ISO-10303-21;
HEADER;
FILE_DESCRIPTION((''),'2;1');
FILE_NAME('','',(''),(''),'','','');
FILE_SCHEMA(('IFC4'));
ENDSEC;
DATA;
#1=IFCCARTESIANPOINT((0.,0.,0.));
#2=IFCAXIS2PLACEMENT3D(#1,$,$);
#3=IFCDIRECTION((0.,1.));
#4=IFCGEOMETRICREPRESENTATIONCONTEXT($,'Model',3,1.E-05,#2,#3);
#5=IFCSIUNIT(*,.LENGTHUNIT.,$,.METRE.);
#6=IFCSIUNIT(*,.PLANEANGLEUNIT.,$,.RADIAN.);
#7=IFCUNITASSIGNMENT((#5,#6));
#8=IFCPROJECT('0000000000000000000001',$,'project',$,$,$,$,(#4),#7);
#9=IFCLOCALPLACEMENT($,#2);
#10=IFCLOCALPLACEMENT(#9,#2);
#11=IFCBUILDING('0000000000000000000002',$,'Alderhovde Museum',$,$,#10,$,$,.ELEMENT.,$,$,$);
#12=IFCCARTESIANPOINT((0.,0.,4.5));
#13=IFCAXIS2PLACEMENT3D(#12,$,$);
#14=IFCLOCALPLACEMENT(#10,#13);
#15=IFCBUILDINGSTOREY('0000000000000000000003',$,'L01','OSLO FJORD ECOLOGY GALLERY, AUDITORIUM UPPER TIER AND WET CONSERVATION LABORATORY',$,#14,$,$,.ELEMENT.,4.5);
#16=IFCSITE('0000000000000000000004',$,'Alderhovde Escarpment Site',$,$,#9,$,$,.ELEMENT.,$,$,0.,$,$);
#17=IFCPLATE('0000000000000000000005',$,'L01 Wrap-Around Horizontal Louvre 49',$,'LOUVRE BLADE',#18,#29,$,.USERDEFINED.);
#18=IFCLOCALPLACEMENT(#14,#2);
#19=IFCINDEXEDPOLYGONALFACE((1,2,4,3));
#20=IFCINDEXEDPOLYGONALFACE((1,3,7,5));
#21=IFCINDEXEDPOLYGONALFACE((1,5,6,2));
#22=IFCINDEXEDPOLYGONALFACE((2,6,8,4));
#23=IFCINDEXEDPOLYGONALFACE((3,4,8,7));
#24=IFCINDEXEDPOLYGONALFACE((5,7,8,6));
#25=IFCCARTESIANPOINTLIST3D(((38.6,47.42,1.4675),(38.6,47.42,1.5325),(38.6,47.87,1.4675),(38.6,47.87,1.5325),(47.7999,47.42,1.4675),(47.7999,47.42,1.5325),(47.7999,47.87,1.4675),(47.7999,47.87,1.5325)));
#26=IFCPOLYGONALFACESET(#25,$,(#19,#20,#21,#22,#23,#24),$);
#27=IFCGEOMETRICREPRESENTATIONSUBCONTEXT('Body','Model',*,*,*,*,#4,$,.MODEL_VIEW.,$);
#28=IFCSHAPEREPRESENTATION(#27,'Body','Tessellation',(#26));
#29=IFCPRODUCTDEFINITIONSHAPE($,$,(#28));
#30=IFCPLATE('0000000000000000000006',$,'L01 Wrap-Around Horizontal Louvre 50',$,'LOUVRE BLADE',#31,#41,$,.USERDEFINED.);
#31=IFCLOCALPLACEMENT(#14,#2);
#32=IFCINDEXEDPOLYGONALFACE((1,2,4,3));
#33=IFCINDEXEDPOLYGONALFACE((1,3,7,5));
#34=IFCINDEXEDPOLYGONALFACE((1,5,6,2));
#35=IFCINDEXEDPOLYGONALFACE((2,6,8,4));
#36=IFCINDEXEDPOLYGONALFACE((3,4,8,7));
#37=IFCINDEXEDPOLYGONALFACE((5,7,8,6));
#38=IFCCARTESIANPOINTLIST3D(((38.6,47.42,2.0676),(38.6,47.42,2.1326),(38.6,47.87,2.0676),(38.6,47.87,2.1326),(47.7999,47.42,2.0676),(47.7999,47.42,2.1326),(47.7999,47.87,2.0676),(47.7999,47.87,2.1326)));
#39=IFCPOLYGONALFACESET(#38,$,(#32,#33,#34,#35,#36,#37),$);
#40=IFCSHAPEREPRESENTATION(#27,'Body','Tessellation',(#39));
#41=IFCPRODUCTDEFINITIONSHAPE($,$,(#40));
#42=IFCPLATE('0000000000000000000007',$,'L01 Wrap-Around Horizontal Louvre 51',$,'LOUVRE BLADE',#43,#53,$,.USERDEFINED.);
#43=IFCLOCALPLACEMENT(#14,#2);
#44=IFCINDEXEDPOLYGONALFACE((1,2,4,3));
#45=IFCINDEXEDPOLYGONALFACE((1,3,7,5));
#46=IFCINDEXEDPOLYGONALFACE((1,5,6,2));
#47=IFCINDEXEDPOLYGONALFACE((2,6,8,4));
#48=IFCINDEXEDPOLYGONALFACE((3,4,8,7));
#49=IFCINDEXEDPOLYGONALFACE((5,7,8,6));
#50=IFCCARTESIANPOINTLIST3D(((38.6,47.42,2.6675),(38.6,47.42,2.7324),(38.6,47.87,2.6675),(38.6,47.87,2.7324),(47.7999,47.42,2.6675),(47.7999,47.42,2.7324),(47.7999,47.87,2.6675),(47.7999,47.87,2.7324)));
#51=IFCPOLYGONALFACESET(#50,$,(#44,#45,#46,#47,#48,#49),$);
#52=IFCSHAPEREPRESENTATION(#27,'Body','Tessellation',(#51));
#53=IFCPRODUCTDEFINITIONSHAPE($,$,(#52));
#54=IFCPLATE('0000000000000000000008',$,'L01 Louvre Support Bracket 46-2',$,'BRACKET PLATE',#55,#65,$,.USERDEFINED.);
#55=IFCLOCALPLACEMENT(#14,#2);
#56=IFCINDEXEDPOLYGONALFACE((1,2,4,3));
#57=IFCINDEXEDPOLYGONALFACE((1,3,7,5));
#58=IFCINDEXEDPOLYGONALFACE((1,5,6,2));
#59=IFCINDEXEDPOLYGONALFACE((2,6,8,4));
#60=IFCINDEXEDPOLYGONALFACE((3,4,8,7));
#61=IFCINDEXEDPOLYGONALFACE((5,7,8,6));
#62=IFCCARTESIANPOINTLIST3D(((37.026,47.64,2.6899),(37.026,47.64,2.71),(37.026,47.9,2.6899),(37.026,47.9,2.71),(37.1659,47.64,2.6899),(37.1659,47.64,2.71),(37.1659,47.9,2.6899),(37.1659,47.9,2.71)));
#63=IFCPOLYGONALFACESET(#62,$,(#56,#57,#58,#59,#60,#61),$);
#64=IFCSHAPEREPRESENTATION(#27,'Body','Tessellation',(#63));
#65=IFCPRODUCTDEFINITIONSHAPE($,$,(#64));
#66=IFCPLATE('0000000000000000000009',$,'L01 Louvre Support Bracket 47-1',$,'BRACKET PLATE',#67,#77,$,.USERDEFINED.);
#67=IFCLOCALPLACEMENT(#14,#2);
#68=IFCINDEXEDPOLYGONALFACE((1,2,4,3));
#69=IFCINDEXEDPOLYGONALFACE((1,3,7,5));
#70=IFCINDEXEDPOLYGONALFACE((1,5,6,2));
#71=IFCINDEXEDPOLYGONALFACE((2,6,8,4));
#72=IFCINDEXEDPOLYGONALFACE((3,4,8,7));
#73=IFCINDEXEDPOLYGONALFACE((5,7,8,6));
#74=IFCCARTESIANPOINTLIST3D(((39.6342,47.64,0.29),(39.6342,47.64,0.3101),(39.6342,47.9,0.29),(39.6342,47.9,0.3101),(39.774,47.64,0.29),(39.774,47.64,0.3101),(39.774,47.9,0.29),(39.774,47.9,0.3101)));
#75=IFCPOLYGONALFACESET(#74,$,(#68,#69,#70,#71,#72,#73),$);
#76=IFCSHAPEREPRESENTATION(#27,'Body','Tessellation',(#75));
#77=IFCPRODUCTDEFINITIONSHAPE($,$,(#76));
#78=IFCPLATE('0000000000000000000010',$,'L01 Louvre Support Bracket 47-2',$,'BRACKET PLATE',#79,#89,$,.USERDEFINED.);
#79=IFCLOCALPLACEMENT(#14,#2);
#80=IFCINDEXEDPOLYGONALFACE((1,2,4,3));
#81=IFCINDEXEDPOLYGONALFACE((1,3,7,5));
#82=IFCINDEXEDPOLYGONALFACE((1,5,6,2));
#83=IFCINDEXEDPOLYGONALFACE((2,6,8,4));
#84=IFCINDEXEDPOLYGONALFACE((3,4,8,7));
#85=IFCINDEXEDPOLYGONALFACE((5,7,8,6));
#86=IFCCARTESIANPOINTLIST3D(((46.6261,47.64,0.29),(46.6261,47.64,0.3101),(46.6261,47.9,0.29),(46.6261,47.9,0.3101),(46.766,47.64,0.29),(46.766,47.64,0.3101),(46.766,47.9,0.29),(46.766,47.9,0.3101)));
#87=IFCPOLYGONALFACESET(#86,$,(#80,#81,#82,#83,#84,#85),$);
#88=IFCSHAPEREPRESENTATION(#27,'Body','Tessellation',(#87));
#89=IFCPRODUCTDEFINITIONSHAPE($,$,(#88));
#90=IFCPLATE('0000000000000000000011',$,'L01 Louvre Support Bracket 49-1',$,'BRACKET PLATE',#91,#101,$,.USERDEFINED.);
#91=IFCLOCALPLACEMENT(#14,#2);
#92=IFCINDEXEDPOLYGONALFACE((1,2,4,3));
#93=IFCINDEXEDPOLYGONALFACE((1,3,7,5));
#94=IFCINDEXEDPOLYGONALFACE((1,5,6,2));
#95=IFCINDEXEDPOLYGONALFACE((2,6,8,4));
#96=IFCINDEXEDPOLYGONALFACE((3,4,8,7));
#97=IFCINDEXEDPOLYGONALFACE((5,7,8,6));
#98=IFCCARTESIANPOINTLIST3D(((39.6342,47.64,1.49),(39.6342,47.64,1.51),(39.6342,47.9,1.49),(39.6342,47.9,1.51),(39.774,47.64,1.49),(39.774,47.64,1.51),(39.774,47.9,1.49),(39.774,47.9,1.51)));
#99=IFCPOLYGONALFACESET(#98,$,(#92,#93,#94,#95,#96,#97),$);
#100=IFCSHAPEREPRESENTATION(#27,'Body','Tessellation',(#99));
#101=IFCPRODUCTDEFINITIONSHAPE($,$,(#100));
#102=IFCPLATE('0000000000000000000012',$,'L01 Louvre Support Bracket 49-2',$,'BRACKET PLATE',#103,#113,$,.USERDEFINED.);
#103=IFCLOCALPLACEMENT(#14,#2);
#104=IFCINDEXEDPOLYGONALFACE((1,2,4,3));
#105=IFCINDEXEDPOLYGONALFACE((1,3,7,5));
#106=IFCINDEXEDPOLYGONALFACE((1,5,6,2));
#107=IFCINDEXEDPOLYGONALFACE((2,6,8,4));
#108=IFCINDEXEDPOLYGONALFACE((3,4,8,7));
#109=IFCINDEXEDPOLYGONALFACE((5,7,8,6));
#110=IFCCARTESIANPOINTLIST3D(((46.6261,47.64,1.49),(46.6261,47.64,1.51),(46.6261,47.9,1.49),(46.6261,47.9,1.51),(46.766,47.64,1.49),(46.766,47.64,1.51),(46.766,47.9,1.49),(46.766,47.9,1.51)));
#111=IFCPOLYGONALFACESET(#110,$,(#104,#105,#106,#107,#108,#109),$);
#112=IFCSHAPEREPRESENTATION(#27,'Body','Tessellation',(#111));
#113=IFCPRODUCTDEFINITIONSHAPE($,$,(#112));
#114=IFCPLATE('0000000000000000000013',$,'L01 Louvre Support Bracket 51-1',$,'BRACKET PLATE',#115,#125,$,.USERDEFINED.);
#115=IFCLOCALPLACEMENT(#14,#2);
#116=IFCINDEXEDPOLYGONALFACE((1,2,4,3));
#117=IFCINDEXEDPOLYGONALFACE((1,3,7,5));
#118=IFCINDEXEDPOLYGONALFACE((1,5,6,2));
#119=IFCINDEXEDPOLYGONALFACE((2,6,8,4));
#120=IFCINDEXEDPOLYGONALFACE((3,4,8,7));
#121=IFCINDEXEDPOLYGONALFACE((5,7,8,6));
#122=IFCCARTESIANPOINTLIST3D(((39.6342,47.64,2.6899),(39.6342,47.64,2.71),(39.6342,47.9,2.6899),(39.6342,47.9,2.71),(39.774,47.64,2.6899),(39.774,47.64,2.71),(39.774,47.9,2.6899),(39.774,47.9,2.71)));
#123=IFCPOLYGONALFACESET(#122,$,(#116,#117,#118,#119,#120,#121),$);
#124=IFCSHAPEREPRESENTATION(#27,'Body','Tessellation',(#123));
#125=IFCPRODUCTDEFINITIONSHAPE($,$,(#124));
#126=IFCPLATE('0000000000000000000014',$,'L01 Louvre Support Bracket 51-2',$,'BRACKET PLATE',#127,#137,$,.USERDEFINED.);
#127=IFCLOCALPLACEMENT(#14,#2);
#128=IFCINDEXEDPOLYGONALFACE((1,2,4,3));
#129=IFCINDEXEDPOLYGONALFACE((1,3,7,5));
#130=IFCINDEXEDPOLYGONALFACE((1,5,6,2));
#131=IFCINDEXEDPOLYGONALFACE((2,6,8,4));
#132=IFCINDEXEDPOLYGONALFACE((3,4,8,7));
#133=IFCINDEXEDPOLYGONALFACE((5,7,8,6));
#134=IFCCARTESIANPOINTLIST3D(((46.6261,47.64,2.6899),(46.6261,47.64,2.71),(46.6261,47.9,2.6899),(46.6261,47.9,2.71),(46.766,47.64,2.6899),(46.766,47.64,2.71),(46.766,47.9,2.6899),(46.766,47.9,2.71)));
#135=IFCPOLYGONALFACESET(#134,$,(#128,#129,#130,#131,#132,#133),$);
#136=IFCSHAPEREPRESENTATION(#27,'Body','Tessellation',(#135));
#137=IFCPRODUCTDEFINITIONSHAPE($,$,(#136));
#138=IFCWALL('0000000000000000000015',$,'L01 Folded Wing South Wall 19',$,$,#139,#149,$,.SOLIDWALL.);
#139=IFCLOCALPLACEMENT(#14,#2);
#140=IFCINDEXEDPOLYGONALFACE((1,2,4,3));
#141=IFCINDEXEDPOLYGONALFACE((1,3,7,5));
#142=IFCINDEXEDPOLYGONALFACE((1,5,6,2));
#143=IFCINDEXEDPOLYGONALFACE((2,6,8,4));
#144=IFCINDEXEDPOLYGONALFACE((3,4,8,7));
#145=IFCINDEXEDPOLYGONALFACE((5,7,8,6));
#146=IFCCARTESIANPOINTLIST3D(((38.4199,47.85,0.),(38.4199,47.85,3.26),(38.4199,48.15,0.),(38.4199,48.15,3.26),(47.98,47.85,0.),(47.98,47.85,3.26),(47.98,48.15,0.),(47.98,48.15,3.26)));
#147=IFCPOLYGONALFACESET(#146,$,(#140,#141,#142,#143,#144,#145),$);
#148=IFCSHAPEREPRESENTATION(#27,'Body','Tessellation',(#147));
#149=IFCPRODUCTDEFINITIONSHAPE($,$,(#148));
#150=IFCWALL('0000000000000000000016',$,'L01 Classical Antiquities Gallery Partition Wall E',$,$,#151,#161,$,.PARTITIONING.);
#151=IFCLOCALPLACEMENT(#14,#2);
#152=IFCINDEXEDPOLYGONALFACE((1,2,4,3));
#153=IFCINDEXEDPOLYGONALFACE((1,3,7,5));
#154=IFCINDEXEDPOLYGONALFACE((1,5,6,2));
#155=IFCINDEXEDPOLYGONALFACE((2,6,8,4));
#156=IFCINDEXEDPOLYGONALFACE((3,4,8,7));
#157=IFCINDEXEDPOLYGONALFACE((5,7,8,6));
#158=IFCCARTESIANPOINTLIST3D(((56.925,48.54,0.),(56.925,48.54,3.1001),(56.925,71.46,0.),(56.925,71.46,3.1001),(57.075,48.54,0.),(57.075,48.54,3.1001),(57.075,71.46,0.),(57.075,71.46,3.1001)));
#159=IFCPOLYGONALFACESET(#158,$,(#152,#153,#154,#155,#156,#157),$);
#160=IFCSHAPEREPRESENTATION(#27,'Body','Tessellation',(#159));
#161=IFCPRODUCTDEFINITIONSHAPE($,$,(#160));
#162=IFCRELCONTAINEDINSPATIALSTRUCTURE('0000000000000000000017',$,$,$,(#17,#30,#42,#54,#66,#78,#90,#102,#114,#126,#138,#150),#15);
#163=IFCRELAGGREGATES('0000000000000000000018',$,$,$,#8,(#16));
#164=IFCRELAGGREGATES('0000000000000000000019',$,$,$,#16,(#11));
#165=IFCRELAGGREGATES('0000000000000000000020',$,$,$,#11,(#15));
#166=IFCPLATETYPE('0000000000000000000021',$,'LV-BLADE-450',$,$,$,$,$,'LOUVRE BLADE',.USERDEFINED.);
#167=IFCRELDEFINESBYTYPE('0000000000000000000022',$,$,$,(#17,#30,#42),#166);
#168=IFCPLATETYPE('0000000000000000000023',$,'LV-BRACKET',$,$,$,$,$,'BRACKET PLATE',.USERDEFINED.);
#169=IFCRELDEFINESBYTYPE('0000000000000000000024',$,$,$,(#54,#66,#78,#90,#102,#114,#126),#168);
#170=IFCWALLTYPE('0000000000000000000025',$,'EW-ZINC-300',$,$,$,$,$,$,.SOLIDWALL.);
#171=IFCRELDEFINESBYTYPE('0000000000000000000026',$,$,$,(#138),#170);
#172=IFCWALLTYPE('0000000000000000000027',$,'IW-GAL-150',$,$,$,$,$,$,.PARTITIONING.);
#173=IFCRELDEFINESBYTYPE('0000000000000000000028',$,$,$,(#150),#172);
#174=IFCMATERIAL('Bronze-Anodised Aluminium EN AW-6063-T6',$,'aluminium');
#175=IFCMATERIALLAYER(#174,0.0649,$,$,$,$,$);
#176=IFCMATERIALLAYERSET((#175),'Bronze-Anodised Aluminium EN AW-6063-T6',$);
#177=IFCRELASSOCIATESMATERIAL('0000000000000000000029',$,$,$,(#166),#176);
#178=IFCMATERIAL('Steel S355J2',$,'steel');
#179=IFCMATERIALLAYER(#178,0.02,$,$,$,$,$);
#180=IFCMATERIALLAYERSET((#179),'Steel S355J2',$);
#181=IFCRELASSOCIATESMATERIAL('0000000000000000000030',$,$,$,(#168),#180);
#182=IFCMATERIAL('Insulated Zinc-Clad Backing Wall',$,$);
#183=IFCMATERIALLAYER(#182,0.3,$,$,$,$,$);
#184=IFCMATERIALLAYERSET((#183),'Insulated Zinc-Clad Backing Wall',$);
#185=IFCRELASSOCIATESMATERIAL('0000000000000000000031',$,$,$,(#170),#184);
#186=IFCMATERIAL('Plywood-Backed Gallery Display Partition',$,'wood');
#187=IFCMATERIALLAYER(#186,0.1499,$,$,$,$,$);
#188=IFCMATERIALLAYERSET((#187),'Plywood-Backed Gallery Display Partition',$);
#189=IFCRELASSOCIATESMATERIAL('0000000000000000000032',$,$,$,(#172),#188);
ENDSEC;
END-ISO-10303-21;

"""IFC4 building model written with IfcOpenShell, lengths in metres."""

from ifc_helpers import new_model, si_unit, direction, frame, frame_2d, origin, origin_2d, place, context, subcontext, project, spatial, rectangle, extrude, material, layer, layer_set, type_object, element, save


model = new_model("IFC4")

# Units and contexts
model_context = context("Model", 3, precision=1e-05, world=origin(), true_north=direction((0.0, 1.0)))
body_context = subcontext(model_context, "Body", "Model", "MODEL_VIEW")
ifc_project = project(units=[si_unit("LENGTHUNIT", "METRE"), si_unit("PLANEANGLEUNIT", "RADIAN")], contexts=[model_context])

# Site, building, storey
site_placement = place(None, origin())
site = spatial("IfcSite", under=ifc_project, at=site_placement, Name="Alderhovde Escarpment Site", CompositionType="ELEMENT", RefElevation=0.0)
building_placement = place(site_placement, origin())
building = spatial("IfcBuilding", under=site, at=building_placement, Name="Alderhovde Museum", CompositionType="ELEMENT")
storey_placement = place(building_placement, frame((0.0, 0.0, 4.5)))
storey = spatial("IfcBuildingStorey", under=building, at=storey_placement, Name="L01", Description="OSLO FJORD ECOLOGY GALLERY, AUDITORIUM UPPER TIER AND WET CONSERVATION LABORATORY", CompositionType="ELEMENT", Elevation=4.5)

# Plates
ifc_material_1 = material(Name="Bronze-Anodised Aluminium EN AW-6063-T6", Category="aluminium")
ifc_layer_1 = layer(ifc_material_1, 0.0649)
ifc_layer_set_1 = layer_set([ifc_layer_1], Name="Bronze-Anodised Aluminium EN AW-6063-T6")
plate_type_1 = type_object("IfcPlateType", Name="LV-BLADE-450", ElementType="LOUVRE BLADE", PredefinedType="USERDEFINED", material=ifc_layer_set_1)
for number, where, z_axis, x_axis, name in (
    (1, (43.2, 47.645, 1.4675), (0.0, 0.0, 1.0), (1.0, 0.0, 0.0), "L01 Wrap-Around Horizontal Louvre 49"),
    (2, (43.2, 47.645, 2.0676), (0.0, 0.0, 1.0), (1.0, 0.0, 0.0), "L01 Wrap-Around Horizontal Louvre 50"),
    (3, (43.2, 47.645, 2.6675), (0.0, 0.0, 1.0), (1.0, 0.0, 0.0), "L01 Wrap-Around Horizontal Louvre 51"),
):
    element("IfcPlate", number, at=place(storey_placement, frame(where, z_axis=z_axis, x_axis=x_axis)), inside=storey, type_object=plate_type_1, Name=name, ObjectType="LOUVRE BLADE", PredefinedType="USERDEFINED", context=body_context, shape_type="SweptSolid", body=[
        extrude(rectangle(XDim=9.2, YDim=0.45, at=origin_2d()), origin(), (0.0, 0.0, 1.0), 0.0649),
    ])
ifc_material_2 = material(Name="Steel S355J2", Category="steel")
ifc_layer_2 = layer(ifc_material_2, 0.02)
ifc_layer_set_2 = layer_set([ifc_layer_2], Name="Steel S355J2")
plate_type_2 = type_object("IfcPlateType", Name="LV-BRACKET", ElementType="BRACKET PLATE", PredefinedType="USERDEFINED", material=ifc_layer_set_2)
for number, where, z_axis, x_axis, name in (
    (4, (37.0959, 47.77, 2.6899), (0.0, 0.0, 1.0), (1.0, 0.0, 0.0), "L01 Louvre Support Bracket 46-2"),
    (5, (39.7041, 47.77, 0.29), (0.0, 0.0, 1.0), (1.0, 0.0, 0.0), "L01 Louvre Support Bracket 47-1"),
    (6, (46.696, 47.77, 0.29), (0.0, 0.0, 1.0), (1.0, 0.0, 0.0), "L01 Louvre Support Bracket 47-2"),
    (7, (39.7041, 47.77, 1.49), (0.0, 0.0, 1.0), (1.0, 0.0, 0.0), "L01 Louvre Support Bracket 49-1"),
    (8, (46.696, 47.77, 1.49), (0.0, 0.0, 1.0), (1.0, 0.0, 0.0), "L01 Louvre Support Bracket 49-2"),
    (9, (39.7041, 47.77, 2.6899), (0.0, 0.0, 1.0), (1.0, 0.0, 0.0), "L01 Louvre Support Bracket 51-1"),
    (10, (46.696, 47.77, 2.6899), (0.0, 0.0, 1.0), (1.0, 0.0, 0.0), "L01 Louvre Support Bracket 51-2"),
):
    element("IfcPlate", number, at=place(storey_placement, frame(where, z_axis=z_axis, x_axis=x_axis)), inside=storey, type_object=plate_type_2, Name=name, ObjectType="BRACKET PLATE", PredefinedType="USERDEFINED", context=body_context, shape_type="SweptSolid", body=[
        extrude(rectangle(XDim=0.1399, YDim=0.26, at=origin_2d()), origin(), (0.0, 0.0, 1.0), 0.02),
    ])

# Walls
ifc_material_3 = material(Name="Insulated Zinc-Clad Backing Wall")
ifc_layer_3 = layer(ifc_material_3, 0.3)
ifc_layer_set_3 = layer_set([ifc_layer_3], Name="Insulated Zinc-Clad Backing Wall")
wall_type_1 = type_object("IfcWallType", Name="EW-ZINC-300", PredefinedType="SOLIDWALL", material=ifc_layer_set_3)
wall_1_placement = place(storey_placement, frame((38.4199, 48.0, 0.0), z_axis=(0.0, 0.0, 1.0), x_axis=(1.0, 0.0, 0.0)))
element("IfcWall", 11, at=wall_1_placement, inside=storey, type_object=wall_type_1, Name="L01 Folded Wing South Wall 19", PredefinedType="SOLIDWALL", context=body_context, shape_type="SweptSolid", body=[
    extrude(rectangle(XDim=9.5601, YDim=0.3, at=frame_2d((4.78, 0.0))), origin(), (0.0, 0.0, 1.0), 3.26),
])
ifc_material_4 = material(Name="Plywood-Backed Gallery Display Partition", Category="wood")
ifc_layer_4 = layer(ifc_material_4, 0.1499)
ifc_layer_set_4 = layer_set([ifc_layer_4], Name="Plywood-Backed Gallery Display Partition")
wall_type_2 = type_object("IfcWallType", Name="IW-GAL-150", PredefinedType="PARTITIONING", material=ifc_layer_set_4)
wall_2_placement = place(storey_placement, frame((57.0, 48.54, 0.0), z_axis=(0.0, 0.0, 1.0), x_axis=(0.0, 1.0, 0.0)))
element("IfcWall", 12, at=wall_2_placement, inside=storey, type_object=wall_type_2, Name="L01 Classical Antiquities Gallery Partition Wall E", PredefinedType="PARTITIONING", context=body_context, shape_type="SweptSolid", body=[
    extrude(rectangle(XDim=22.9199, YDim=0.1499, at=frame_2d((11.46, 0.0))), origin(), (0.0, 0.0, 1.0), 3.1001),
])

save(model, "model.ifc")
